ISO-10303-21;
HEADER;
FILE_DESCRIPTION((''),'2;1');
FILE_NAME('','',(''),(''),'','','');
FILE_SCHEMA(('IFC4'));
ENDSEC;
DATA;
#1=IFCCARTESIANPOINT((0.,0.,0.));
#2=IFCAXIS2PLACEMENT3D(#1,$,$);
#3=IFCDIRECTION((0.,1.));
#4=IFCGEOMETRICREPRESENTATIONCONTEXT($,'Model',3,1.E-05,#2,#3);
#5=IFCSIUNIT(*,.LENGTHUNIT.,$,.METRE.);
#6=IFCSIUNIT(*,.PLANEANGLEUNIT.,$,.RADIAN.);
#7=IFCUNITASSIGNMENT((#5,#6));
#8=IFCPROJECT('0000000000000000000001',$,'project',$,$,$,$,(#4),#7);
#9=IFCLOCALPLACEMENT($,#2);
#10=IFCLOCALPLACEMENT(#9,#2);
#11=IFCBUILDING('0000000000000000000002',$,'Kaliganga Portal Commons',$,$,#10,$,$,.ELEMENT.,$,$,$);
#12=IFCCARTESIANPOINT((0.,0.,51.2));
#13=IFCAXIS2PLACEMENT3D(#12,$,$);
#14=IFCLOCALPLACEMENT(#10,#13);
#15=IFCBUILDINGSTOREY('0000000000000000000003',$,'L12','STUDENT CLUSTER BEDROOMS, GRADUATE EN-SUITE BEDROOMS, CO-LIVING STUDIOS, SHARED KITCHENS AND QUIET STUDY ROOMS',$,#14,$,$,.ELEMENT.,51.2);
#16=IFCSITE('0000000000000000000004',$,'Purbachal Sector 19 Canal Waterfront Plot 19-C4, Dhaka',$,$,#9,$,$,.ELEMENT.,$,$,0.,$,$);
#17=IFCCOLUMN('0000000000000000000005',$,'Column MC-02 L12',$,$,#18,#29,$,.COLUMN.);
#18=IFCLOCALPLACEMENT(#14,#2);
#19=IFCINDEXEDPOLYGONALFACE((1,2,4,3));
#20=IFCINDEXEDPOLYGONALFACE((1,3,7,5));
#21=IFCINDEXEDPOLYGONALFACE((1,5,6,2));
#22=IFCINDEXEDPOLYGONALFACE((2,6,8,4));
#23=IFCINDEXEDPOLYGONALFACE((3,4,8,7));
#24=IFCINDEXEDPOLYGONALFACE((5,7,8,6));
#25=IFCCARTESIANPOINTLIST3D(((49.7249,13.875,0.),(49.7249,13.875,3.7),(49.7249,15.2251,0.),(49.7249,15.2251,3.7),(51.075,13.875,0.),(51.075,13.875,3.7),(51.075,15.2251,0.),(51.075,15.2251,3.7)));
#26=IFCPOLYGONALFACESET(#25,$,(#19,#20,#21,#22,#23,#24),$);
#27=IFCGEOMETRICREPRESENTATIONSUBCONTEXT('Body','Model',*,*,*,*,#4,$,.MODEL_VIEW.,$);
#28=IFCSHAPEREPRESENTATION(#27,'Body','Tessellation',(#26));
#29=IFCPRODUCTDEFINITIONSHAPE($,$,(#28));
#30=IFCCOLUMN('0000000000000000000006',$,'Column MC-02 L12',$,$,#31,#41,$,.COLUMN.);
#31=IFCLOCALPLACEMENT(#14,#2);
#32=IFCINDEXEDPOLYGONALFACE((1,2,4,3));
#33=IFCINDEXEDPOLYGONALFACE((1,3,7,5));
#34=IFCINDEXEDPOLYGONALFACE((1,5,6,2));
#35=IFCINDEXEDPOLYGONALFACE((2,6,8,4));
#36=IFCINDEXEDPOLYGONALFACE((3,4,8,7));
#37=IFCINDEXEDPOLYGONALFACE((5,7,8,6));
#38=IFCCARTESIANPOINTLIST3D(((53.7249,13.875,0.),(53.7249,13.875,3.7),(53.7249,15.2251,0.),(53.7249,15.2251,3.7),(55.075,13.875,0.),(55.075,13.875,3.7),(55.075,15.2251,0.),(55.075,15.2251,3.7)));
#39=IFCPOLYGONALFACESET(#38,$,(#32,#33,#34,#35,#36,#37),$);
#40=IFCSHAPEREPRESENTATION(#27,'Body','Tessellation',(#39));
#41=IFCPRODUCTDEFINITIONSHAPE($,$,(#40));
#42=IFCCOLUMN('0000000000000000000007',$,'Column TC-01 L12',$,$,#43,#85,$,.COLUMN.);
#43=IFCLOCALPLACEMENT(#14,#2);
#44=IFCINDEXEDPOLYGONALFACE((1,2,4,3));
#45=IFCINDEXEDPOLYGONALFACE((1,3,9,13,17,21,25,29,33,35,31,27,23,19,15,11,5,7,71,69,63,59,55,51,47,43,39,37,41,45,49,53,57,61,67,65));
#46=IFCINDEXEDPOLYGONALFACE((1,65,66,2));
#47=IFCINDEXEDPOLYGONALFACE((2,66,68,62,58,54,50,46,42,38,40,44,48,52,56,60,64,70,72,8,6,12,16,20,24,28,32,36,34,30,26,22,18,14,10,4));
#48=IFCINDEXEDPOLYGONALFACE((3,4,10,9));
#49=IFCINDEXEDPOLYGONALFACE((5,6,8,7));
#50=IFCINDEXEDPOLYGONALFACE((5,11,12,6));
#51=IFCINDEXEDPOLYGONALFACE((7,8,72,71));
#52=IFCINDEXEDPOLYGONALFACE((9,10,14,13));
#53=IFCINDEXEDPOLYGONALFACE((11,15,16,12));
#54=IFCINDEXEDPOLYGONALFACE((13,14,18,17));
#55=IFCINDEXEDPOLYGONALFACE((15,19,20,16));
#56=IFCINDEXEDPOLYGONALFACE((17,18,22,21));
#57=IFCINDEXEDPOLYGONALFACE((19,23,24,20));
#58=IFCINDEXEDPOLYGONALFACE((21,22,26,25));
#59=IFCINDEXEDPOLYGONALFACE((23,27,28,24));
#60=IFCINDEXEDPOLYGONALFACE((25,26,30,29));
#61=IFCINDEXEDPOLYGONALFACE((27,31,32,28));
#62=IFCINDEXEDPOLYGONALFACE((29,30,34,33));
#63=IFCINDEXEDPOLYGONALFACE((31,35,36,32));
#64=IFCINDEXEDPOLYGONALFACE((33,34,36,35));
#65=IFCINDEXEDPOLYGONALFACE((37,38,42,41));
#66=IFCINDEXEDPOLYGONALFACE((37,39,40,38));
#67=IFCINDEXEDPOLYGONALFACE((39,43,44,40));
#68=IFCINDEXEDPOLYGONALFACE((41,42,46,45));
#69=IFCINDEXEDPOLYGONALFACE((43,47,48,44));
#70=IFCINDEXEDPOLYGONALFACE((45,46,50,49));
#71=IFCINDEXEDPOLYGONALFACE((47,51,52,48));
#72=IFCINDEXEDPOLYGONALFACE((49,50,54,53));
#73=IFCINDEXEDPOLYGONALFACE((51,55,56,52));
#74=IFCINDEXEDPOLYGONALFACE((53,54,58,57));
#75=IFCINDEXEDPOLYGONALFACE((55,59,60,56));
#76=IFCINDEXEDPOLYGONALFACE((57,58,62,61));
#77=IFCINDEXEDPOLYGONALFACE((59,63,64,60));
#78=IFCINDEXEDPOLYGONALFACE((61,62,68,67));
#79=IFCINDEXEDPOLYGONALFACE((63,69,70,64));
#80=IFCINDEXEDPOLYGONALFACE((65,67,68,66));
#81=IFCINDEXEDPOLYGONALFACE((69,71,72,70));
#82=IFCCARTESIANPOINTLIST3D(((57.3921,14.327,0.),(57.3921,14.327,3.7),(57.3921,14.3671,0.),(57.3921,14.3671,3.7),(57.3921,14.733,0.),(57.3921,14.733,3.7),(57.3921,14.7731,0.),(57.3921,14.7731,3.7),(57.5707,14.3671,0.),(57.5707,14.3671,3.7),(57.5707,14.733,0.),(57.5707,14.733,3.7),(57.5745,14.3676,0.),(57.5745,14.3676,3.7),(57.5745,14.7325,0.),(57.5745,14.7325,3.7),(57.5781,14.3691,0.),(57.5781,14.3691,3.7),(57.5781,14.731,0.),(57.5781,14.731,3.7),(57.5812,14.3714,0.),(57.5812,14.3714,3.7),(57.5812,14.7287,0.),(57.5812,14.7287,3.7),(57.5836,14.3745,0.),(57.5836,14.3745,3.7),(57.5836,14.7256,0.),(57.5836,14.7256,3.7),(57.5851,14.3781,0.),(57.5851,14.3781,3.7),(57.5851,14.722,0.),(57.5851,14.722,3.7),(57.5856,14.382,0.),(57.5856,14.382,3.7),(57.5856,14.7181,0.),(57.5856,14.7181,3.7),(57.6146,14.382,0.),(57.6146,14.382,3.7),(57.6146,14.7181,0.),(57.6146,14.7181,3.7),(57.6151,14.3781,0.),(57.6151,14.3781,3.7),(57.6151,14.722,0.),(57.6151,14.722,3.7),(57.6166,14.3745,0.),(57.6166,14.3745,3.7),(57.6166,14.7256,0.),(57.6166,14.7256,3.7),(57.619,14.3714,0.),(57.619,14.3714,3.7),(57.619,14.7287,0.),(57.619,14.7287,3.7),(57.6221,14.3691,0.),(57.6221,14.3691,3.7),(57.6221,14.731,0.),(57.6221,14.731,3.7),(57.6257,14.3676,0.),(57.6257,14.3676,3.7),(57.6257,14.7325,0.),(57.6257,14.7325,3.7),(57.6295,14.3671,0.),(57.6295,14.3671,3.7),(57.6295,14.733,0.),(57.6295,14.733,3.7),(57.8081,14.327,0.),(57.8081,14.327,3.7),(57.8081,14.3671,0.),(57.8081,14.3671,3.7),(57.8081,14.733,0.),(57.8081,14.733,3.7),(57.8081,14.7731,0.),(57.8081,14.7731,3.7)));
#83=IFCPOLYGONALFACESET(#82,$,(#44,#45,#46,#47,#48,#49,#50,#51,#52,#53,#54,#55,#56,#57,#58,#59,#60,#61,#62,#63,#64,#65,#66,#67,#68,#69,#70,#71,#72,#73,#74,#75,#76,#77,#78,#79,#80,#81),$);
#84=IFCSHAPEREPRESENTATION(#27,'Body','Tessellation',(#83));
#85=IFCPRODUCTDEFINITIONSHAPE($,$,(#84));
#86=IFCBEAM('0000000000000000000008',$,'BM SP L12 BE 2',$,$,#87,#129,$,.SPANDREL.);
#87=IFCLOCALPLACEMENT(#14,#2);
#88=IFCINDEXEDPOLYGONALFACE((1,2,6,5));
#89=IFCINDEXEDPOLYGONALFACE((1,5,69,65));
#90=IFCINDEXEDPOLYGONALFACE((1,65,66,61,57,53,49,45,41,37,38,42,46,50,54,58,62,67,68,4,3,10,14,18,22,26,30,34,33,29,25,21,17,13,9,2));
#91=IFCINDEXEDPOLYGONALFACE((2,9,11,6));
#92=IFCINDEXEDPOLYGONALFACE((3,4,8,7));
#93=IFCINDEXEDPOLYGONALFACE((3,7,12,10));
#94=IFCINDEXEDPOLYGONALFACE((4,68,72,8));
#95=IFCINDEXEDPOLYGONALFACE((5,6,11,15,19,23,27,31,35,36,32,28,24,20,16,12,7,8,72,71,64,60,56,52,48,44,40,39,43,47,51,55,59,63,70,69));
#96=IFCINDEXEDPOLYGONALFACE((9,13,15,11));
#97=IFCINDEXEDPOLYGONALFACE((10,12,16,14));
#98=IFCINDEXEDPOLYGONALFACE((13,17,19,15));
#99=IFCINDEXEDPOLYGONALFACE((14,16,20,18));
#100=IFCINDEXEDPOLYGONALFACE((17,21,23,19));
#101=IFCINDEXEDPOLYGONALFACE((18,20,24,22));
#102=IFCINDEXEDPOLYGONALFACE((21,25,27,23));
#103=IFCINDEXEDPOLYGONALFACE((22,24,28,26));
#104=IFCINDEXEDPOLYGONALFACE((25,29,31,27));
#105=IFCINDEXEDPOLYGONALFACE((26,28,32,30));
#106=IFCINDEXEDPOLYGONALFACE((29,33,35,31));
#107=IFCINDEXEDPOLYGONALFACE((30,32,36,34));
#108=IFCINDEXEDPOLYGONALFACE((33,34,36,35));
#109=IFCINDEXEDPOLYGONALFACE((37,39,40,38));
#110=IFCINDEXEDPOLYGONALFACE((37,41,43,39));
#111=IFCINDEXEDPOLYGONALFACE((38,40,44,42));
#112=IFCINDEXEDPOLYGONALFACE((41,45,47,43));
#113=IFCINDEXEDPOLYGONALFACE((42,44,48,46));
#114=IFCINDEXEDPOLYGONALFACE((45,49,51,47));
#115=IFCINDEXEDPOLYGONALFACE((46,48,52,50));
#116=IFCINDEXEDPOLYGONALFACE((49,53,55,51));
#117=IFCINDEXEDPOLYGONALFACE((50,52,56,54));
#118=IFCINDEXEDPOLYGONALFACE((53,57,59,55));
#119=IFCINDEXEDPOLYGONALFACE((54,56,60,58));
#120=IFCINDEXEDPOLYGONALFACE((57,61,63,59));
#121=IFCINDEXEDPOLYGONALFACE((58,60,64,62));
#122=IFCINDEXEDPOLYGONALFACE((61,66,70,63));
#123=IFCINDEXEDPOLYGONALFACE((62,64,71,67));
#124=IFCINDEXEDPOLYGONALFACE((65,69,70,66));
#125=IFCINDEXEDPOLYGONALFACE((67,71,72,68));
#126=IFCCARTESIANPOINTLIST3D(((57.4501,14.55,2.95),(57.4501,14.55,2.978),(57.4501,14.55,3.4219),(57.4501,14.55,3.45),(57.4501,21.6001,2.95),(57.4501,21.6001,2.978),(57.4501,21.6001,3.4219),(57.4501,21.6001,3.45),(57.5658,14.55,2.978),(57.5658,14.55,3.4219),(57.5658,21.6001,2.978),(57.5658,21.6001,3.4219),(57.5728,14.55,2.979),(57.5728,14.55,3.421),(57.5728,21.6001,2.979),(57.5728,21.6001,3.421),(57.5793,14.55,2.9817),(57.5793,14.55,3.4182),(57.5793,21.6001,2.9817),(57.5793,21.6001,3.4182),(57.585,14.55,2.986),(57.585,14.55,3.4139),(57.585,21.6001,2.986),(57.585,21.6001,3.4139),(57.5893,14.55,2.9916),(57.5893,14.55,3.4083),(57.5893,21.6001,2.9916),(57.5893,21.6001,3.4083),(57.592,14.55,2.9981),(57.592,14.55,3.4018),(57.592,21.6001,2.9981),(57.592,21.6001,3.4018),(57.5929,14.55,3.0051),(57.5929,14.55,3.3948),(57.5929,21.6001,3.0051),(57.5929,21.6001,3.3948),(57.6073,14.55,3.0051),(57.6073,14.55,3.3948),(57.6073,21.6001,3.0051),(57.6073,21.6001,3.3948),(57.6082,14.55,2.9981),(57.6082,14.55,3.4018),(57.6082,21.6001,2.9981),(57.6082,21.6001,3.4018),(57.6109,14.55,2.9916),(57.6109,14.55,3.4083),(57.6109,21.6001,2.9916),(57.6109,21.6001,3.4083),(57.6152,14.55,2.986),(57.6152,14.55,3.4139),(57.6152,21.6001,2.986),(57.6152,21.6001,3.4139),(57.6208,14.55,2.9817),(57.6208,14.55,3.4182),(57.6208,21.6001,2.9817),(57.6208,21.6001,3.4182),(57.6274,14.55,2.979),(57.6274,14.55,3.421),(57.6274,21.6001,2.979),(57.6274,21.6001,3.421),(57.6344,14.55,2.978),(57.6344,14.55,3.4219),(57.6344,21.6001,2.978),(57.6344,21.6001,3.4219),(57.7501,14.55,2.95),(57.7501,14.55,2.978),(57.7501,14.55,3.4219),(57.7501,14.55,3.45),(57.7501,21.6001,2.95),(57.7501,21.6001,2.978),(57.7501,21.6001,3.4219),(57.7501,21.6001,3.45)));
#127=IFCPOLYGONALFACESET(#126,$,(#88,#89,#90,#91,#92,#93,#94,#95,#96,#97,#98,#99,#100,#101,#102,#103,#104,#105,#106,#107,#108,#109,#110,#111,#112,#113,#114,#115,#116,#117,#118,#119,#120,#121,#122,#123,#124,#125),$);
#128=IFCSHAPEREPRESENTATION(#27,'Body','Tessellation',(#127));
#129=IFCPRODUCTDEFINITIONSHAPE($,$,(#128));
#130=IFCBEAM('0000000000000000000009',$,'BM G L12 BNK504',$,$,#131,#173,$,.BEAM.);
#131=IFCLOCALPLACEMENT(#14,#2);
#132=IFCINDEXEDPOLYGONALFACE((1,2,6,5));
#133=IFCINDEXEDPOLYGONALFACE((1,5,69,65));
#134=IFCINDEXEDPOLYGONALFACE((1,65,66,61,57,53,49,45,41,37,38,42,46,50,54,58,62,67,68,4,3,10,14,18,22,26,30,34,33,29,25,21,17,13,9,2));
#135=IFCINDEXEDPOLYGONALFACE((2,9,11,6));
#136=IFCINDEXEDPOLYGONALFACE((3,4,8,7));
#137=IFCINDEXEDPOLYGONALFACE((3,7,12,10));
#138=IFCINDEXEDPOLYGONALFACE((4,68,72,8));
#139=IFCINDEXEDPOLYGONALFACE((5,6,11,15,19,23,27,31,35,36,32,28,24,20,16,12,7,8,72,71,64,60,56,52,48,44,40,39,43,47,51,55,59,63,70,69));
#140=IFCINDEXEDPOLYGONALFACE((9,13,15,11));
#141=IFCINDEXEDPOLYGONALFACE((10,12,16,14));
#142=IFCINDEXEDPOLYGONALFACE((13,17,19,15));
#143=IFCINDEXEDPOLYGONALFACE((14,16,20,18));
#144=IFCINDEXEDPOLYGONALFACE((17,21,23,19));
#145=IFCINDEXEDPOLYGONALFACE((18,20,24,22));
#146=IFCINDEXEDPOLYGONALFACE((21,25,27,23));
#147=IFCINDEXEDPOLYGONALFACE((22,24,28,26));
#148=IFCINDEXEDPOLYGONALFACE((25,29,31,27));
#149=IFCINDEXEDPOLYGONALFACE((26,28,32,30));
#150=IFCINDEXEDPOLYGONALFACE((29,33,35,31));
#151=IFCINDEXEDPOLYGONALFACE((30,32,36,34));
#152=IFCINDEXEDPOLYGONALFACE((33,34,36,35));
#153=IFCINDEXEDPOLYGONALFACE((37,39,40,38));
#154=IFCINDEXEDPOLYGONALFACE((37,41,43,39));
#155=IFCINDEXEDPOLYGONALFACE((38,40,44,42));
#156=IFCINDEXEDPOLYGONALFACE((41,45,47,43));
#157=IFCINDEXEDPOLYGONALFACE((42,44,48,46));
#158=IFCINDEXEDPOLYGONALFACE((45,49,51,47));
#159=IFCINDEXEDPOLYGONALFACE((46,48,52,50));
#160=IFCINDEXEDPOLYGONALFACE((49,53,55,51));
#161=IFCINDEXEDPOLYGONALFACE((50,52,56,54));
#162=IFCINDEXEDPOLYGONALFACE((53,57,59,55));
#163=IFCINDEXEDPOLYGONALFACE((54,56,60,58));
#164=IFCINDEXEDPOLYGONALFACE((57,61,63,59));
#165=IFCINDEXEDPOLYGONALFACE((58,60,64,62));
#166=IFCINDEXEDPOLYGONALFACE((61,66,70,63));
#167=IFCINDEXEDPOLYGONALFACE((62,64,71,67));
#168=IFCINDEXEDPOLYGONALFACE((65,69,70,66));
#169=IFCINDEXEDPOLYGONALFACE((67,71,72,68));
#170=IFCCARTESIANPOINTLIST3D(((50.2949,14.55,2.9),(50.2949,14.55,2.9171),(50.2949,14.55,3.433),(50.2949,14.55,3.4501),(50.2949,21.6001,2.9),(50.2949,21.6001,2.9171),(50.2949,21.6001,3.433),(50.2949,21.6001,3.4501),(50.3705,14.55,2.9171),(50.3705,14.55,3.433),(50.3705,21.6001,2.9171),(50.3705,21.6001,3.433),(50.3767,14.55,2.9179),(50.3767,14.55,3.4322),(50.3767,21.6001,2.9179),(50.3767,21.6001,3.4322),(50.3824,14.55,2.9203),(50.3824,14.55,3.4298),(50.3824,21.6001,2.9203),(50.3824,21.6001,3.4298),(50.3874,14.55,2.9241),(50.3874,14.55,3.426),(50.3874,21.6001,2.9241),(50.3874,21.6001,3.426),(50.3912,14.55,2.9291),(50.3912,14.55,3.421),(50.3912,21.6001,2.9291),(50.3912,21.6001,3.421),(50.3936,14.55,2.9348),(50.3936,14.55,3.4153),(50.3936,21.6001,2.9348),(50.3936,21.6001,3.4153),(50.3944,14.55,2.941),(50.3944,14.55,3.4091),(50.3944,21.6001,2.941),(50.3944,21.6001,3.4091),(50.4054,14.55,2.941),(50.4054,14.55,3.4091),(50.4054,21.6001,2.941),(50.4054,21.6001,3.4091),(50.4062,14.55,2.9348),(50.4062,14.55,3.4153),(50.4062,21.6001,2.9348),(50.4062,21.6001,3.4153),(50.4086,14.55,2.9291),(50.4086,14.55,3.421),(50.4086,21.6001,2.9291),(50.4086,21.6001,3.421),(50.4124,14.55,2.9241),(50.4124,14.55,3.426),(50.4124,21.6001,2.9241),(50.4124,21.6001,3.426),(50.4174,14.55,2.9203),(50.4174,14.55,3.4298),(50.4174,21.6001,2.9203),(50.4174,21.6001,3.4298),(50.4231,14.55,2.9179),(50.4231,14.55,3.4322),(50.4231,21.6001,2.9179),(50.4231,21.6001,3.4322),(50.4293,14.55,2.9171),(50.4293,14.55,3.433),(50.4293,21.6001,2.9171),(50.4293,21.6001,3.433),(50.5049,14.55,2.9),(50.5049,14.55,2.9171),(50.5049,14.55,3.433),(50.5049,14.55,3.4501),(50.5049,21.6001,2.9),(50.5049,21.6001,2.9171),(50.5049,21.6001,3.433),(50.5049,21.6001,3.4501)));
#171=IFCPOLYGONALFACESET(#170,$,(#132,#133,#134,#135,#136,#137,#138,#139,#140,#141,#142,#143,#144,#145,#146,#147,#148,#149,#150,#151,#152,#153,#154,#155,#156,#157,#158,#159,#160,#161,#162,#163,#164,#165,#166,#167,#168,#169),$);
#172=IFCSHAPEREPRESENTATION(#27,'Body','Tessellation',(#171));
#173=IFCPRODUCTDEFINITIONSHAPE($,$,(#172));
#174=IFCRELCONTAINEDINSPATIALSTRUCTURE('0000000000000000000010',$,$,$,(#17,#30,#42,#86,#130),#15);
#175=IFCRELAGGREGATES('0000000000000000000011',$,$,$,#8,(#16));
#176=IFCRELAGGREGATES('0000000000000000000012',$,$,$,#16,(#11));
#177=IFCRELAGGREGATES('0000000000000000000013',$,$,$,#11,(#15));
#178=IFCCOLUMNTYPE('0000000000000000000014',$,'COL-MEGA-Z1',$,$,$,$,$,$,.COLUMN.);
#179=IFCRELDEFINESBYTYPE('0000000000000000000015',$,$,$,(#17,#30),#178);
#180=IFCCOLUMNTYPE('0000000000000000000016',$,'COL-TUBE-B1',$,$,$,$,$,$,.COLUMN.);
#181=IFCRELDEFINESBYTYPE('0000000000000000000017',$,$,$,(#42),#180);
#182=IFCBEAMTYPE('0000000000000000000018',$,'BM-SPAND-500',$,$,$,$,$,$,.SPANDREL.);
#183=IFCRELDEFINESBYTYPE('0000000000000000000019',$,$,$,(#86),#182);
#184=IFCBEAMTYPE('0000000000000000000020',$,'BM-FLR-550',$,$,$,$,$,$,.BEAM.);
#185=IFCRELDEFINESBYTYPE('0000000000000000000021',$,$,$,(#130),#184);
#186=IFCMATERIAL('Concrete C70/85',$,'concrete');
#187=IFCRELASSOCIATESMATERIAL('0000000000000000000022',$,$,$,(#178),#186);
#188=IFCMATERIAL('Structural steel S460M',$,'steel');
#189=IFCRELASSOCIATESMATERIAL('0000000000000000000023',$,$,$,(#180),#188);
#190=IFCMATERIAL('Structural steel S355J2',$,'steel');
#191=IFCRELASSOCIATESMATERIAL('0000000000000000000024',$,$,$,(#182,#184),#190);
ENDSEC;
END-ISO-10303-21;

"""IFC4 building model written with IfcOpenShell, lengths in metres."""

from ifc_helpers import new_model, si_unit, direction, frame, origin, origin_2d, place, context, subcontext, project, spatial, rectangle, i_section, extrude, source, transform, mapped, material, material_profile, profile_set, type_object, element, save


model = new_model("IFC4")

# Units and contexts
model_context = context("Model", 3, precision=1e-05, world=origin(), true_north=direction((0.0, 1.0)))
body_context = subcontext(model_context, "Body", "Model", "MODEL_VIEW")
ifc_project = project(units=[si_unit("LENGTHUNIT", "METRE"), si_unit("PLANEANGLEUNIT", "RADIAN")], contexts=[model_context])

# Site, building, storey
site_placement = place(None, origin())
site = spatial("IfcSite", under=ifc_project, at=site_placement, Name="Purbachal Sector 19 Canal Waterfront Plot 19-C4, Dhaka", CompositionType="ELEMENT", RefElevation=0.0)
building_placement = place(site_placement, origin())
building = spatial("IfcBuilding", under=site, at=building_placement, Name="Kaliganga Portal Commons", CompositionType="ELEMENT")
storey_placement = place(building_placement, frame((0.0, 0.0, 51.2)))
storey = spatial("IfcBuildingStorey", under=building, at=storey_placement, Name="L12", Description="STUDENT CLUSTER BEDROOMS, GRADUATE EN-SUITE BEDROOMS, CO-LIVING STUDIOS, SHARED KITCHENS AND QUIET STUDY ROOMS", CompositionType="ELEMENT", Elevation=51.2)

# Columns
ifc_material_1 = material(Name="Concrete C70/85", Category="concrete")
ifc_material_profile_1 = material_profile(ifc_material_1, rectangle(XDim=1.3501, YDim=1.3501, at=origin_2d()), Name="RC 1350x1350")
ifc_profile_set_1 = profile_set([ifc_material_profile_1], Name="Concrete C70/85")
column_type_1 = type_object("IfcColumnType", Name="COL-MEGA-Z1", PredefinedType="COLUMN", material=ifc_profile_set_1)
shared_shape_1 = source(origin(), body_context, "Body", "SweptSolid", [
    extrude(rectangle(XDim=1.3501, YDim=1.3501, at=origin_2d()), origin(), (0.0, 0.0, 1.0), 3.7),
])
for number, where, z_axis, x_axis, name in (
    (1, (50.3999, 14.55, 0.0), (0.0, 0.0, 1.0), (1.0, 0.0, 0.0), "Column MC-02 L12"),
    (2, (54.3999, 14.55, 0.0), (0.0, 0.0, 1.0), (1.0, 0.0, 0.0), "Column MC-02 L12"),
):
    element("IfcColumn", number, at=place(storey_placement, frame(where, z_axis=z_axis, x_axis=x_axis)), inside=storey, type_object=column_type_1, Name=name, PredefinedType="COLUMN", context=body_context, shape_type="MappedRepresentation", body=[
        mapped(shared_shape_1, transform((0.0, 0.0, 0.0), x_axis=(1.0, 0.0, 0.0), y_axis=(0.0, 1.0, 0.0), z_axis=(0.0, 0.0, 1.0), scale=1.0)),
    ])
ifc_material_2 = material(Name="Structural steel S460M", Category="steel")
ifc_material_profile_2 = material_profile(ifc_material_2, i_section(OverallWidth=0.416, OverallDepth=0.446, WebThickness=0.0291, FlangeThickness=0.04, FilletRadius=0.0149, at=origin_2d()), Name="HD 400x509")
ifc_profile_set_2 = profile_set([ifc_material_profile_2], Name="Structural steel S460M wide-flange")
column_type_2 = type_object("IfcColumnType", Name="COL-TUBE-B1", PredefinedType="COLUMN", material=ifc_profile_set_2)
shared_shape_2 = source(origin(), body_context, "Body", "SweptSolid", [
    extrude(i_section(OverallWidth=0.416, OverallDepth=0.446, WebThickness=0.0291, FlangeThickness=0.04, FilletRadius=0.0149, at=origin_2d()), origin(), (0.0, 0.0, 1.0), 3.7),
])
column_placement = place(storey_placement, frame((57.6001, 14.55, 0.0), z_axis=(0.0, 0.0, 1.0), x_axis=(1.0, 0.0, 0.0)))
element("IfcColumn", 3, at=column_placement, inside=storey, type_object=column_type_2, Name="Column TC-01 L12", PredefinedType="COLUMN", context=body_context, shape_type="MappedRepresentation", body=[
    mapped(shared_shape_2, transform((0.0, 0.0, 0.0), x_axis=(1.0, 0.0, 0.0), y_axis=(0.0, 1.0, 0.0), z_axis=(0.0, 0.0, 1.0), scale=1.0)),
])

# Beams
ifc_material_3 = material(Name="Structural steel S355J2", Category="steel")
ifc_material_profile_3 = material_profile(ifc_material_3, i_section(OverallWidth=0.3, OverallDepth=0.5, WebThickness=0.0144, FlangeThickness=0.0281, FilletRadius=0.0271, at=origin_2d()), Name="HE 500 B")
ifc_profile_set_3 = profile_set([ifc_material_profile_3], Name="Structural steel S355J2 wide-flange")
beam_type_1 = type_object("IfcBeamType", Name="BM-SPAND-500", PredefinedType="SPANDREL", material=ifc_profile_set_3)
shared_shape_3 = source(origin(), body_context, "Body", "SweptSolid", [
    extrude(i_section(OverallWidth=0.3, OverallDepth=0.5, WebThickness=0.0144, FlangeThickness=0.0281, FilletRadius=0.0271, at=origin_2d()), origin(), (0.0, 0.0, 1.0), 7.05),
])
beam_1_placement = place(storey_placement, frame((57.6001, 14.55, 3.2), z_axis=(0.0, 1.0, 0.0), x_axis=(-1.0, 0.0, 0.0)))
element("IfcBeam", 4, at=beam_1_placement, inside=storey, type_object=beam_type_1, Name="BM SP L12 BE 2", PredefinedType="SPANDREL", context=body_context, shape_type="MappedRepresentation", body=[
    mapped(shared_shape_3, transform((0.0, 0.0, 0.0), x_axis=(1.0, 0.0, 0.0), y_axis=(0.0, 1.0, 0.0), z_axis=(0.0, 0.0, 1.0), scale=1.0)),
])
ifc_material_profile_4 = material_profile(ifc_material_3, i_section(OverallWidth=0.21, OverallDepth=0.55, WebThickness=0.011, FlangeThickness=0.0171, FilletRadius=0.0239, at=origin_2d()), Name="IPE 550")
ifc_profile_set_4 = profile_set([ifc_material_profile_4], Name="Structural steel S355J2 wide-flange")
beam_type_2 = type_object("IfcBeamType", Name="BM-FLR-550", PredefinedType="BEAM", material=ifc_profile_set_4)
shared_shape_4 = source(origin(), body_context, "Body", "SweptSolid", [
    extrude(i_section(OverallWidth=0.21, OverallDepth=0.55, WebThickness=0.011, FlangeThickness=0.0171, FilletRadius=0.0239, at=origin_2d()), origin(), (0.0, 0.0, 1.0), 7.05),
])
for number, where, z_axis, x_axis, name in (
    (5, (50.3999, 14.55, 3.175), (0.0, 1.0, 0.0), (-1.0, 0.0, 0.0), "BM G L12 BNK504"),
):
    element("IfcBeam", number, at=place(storey_placement, frame(where, z_axis=z_axis, x_axis=x_axis)), inside=storey, type_object=beam_type_2, Name=name, PredefinedType="BEAM", context=body_context, shape_type="MappedRepresentation", body=[
        mapped(shared_shape_4, transform((0.0, 0.0, 0.0), x_axis=(1.0, 0.0, 0.0), y_axis=(0.0, 1.0, 0.0), z_axis=(0.0, 0.0, 1.0), scale=1.0)),
    ])

save(model, "model.ifc")
